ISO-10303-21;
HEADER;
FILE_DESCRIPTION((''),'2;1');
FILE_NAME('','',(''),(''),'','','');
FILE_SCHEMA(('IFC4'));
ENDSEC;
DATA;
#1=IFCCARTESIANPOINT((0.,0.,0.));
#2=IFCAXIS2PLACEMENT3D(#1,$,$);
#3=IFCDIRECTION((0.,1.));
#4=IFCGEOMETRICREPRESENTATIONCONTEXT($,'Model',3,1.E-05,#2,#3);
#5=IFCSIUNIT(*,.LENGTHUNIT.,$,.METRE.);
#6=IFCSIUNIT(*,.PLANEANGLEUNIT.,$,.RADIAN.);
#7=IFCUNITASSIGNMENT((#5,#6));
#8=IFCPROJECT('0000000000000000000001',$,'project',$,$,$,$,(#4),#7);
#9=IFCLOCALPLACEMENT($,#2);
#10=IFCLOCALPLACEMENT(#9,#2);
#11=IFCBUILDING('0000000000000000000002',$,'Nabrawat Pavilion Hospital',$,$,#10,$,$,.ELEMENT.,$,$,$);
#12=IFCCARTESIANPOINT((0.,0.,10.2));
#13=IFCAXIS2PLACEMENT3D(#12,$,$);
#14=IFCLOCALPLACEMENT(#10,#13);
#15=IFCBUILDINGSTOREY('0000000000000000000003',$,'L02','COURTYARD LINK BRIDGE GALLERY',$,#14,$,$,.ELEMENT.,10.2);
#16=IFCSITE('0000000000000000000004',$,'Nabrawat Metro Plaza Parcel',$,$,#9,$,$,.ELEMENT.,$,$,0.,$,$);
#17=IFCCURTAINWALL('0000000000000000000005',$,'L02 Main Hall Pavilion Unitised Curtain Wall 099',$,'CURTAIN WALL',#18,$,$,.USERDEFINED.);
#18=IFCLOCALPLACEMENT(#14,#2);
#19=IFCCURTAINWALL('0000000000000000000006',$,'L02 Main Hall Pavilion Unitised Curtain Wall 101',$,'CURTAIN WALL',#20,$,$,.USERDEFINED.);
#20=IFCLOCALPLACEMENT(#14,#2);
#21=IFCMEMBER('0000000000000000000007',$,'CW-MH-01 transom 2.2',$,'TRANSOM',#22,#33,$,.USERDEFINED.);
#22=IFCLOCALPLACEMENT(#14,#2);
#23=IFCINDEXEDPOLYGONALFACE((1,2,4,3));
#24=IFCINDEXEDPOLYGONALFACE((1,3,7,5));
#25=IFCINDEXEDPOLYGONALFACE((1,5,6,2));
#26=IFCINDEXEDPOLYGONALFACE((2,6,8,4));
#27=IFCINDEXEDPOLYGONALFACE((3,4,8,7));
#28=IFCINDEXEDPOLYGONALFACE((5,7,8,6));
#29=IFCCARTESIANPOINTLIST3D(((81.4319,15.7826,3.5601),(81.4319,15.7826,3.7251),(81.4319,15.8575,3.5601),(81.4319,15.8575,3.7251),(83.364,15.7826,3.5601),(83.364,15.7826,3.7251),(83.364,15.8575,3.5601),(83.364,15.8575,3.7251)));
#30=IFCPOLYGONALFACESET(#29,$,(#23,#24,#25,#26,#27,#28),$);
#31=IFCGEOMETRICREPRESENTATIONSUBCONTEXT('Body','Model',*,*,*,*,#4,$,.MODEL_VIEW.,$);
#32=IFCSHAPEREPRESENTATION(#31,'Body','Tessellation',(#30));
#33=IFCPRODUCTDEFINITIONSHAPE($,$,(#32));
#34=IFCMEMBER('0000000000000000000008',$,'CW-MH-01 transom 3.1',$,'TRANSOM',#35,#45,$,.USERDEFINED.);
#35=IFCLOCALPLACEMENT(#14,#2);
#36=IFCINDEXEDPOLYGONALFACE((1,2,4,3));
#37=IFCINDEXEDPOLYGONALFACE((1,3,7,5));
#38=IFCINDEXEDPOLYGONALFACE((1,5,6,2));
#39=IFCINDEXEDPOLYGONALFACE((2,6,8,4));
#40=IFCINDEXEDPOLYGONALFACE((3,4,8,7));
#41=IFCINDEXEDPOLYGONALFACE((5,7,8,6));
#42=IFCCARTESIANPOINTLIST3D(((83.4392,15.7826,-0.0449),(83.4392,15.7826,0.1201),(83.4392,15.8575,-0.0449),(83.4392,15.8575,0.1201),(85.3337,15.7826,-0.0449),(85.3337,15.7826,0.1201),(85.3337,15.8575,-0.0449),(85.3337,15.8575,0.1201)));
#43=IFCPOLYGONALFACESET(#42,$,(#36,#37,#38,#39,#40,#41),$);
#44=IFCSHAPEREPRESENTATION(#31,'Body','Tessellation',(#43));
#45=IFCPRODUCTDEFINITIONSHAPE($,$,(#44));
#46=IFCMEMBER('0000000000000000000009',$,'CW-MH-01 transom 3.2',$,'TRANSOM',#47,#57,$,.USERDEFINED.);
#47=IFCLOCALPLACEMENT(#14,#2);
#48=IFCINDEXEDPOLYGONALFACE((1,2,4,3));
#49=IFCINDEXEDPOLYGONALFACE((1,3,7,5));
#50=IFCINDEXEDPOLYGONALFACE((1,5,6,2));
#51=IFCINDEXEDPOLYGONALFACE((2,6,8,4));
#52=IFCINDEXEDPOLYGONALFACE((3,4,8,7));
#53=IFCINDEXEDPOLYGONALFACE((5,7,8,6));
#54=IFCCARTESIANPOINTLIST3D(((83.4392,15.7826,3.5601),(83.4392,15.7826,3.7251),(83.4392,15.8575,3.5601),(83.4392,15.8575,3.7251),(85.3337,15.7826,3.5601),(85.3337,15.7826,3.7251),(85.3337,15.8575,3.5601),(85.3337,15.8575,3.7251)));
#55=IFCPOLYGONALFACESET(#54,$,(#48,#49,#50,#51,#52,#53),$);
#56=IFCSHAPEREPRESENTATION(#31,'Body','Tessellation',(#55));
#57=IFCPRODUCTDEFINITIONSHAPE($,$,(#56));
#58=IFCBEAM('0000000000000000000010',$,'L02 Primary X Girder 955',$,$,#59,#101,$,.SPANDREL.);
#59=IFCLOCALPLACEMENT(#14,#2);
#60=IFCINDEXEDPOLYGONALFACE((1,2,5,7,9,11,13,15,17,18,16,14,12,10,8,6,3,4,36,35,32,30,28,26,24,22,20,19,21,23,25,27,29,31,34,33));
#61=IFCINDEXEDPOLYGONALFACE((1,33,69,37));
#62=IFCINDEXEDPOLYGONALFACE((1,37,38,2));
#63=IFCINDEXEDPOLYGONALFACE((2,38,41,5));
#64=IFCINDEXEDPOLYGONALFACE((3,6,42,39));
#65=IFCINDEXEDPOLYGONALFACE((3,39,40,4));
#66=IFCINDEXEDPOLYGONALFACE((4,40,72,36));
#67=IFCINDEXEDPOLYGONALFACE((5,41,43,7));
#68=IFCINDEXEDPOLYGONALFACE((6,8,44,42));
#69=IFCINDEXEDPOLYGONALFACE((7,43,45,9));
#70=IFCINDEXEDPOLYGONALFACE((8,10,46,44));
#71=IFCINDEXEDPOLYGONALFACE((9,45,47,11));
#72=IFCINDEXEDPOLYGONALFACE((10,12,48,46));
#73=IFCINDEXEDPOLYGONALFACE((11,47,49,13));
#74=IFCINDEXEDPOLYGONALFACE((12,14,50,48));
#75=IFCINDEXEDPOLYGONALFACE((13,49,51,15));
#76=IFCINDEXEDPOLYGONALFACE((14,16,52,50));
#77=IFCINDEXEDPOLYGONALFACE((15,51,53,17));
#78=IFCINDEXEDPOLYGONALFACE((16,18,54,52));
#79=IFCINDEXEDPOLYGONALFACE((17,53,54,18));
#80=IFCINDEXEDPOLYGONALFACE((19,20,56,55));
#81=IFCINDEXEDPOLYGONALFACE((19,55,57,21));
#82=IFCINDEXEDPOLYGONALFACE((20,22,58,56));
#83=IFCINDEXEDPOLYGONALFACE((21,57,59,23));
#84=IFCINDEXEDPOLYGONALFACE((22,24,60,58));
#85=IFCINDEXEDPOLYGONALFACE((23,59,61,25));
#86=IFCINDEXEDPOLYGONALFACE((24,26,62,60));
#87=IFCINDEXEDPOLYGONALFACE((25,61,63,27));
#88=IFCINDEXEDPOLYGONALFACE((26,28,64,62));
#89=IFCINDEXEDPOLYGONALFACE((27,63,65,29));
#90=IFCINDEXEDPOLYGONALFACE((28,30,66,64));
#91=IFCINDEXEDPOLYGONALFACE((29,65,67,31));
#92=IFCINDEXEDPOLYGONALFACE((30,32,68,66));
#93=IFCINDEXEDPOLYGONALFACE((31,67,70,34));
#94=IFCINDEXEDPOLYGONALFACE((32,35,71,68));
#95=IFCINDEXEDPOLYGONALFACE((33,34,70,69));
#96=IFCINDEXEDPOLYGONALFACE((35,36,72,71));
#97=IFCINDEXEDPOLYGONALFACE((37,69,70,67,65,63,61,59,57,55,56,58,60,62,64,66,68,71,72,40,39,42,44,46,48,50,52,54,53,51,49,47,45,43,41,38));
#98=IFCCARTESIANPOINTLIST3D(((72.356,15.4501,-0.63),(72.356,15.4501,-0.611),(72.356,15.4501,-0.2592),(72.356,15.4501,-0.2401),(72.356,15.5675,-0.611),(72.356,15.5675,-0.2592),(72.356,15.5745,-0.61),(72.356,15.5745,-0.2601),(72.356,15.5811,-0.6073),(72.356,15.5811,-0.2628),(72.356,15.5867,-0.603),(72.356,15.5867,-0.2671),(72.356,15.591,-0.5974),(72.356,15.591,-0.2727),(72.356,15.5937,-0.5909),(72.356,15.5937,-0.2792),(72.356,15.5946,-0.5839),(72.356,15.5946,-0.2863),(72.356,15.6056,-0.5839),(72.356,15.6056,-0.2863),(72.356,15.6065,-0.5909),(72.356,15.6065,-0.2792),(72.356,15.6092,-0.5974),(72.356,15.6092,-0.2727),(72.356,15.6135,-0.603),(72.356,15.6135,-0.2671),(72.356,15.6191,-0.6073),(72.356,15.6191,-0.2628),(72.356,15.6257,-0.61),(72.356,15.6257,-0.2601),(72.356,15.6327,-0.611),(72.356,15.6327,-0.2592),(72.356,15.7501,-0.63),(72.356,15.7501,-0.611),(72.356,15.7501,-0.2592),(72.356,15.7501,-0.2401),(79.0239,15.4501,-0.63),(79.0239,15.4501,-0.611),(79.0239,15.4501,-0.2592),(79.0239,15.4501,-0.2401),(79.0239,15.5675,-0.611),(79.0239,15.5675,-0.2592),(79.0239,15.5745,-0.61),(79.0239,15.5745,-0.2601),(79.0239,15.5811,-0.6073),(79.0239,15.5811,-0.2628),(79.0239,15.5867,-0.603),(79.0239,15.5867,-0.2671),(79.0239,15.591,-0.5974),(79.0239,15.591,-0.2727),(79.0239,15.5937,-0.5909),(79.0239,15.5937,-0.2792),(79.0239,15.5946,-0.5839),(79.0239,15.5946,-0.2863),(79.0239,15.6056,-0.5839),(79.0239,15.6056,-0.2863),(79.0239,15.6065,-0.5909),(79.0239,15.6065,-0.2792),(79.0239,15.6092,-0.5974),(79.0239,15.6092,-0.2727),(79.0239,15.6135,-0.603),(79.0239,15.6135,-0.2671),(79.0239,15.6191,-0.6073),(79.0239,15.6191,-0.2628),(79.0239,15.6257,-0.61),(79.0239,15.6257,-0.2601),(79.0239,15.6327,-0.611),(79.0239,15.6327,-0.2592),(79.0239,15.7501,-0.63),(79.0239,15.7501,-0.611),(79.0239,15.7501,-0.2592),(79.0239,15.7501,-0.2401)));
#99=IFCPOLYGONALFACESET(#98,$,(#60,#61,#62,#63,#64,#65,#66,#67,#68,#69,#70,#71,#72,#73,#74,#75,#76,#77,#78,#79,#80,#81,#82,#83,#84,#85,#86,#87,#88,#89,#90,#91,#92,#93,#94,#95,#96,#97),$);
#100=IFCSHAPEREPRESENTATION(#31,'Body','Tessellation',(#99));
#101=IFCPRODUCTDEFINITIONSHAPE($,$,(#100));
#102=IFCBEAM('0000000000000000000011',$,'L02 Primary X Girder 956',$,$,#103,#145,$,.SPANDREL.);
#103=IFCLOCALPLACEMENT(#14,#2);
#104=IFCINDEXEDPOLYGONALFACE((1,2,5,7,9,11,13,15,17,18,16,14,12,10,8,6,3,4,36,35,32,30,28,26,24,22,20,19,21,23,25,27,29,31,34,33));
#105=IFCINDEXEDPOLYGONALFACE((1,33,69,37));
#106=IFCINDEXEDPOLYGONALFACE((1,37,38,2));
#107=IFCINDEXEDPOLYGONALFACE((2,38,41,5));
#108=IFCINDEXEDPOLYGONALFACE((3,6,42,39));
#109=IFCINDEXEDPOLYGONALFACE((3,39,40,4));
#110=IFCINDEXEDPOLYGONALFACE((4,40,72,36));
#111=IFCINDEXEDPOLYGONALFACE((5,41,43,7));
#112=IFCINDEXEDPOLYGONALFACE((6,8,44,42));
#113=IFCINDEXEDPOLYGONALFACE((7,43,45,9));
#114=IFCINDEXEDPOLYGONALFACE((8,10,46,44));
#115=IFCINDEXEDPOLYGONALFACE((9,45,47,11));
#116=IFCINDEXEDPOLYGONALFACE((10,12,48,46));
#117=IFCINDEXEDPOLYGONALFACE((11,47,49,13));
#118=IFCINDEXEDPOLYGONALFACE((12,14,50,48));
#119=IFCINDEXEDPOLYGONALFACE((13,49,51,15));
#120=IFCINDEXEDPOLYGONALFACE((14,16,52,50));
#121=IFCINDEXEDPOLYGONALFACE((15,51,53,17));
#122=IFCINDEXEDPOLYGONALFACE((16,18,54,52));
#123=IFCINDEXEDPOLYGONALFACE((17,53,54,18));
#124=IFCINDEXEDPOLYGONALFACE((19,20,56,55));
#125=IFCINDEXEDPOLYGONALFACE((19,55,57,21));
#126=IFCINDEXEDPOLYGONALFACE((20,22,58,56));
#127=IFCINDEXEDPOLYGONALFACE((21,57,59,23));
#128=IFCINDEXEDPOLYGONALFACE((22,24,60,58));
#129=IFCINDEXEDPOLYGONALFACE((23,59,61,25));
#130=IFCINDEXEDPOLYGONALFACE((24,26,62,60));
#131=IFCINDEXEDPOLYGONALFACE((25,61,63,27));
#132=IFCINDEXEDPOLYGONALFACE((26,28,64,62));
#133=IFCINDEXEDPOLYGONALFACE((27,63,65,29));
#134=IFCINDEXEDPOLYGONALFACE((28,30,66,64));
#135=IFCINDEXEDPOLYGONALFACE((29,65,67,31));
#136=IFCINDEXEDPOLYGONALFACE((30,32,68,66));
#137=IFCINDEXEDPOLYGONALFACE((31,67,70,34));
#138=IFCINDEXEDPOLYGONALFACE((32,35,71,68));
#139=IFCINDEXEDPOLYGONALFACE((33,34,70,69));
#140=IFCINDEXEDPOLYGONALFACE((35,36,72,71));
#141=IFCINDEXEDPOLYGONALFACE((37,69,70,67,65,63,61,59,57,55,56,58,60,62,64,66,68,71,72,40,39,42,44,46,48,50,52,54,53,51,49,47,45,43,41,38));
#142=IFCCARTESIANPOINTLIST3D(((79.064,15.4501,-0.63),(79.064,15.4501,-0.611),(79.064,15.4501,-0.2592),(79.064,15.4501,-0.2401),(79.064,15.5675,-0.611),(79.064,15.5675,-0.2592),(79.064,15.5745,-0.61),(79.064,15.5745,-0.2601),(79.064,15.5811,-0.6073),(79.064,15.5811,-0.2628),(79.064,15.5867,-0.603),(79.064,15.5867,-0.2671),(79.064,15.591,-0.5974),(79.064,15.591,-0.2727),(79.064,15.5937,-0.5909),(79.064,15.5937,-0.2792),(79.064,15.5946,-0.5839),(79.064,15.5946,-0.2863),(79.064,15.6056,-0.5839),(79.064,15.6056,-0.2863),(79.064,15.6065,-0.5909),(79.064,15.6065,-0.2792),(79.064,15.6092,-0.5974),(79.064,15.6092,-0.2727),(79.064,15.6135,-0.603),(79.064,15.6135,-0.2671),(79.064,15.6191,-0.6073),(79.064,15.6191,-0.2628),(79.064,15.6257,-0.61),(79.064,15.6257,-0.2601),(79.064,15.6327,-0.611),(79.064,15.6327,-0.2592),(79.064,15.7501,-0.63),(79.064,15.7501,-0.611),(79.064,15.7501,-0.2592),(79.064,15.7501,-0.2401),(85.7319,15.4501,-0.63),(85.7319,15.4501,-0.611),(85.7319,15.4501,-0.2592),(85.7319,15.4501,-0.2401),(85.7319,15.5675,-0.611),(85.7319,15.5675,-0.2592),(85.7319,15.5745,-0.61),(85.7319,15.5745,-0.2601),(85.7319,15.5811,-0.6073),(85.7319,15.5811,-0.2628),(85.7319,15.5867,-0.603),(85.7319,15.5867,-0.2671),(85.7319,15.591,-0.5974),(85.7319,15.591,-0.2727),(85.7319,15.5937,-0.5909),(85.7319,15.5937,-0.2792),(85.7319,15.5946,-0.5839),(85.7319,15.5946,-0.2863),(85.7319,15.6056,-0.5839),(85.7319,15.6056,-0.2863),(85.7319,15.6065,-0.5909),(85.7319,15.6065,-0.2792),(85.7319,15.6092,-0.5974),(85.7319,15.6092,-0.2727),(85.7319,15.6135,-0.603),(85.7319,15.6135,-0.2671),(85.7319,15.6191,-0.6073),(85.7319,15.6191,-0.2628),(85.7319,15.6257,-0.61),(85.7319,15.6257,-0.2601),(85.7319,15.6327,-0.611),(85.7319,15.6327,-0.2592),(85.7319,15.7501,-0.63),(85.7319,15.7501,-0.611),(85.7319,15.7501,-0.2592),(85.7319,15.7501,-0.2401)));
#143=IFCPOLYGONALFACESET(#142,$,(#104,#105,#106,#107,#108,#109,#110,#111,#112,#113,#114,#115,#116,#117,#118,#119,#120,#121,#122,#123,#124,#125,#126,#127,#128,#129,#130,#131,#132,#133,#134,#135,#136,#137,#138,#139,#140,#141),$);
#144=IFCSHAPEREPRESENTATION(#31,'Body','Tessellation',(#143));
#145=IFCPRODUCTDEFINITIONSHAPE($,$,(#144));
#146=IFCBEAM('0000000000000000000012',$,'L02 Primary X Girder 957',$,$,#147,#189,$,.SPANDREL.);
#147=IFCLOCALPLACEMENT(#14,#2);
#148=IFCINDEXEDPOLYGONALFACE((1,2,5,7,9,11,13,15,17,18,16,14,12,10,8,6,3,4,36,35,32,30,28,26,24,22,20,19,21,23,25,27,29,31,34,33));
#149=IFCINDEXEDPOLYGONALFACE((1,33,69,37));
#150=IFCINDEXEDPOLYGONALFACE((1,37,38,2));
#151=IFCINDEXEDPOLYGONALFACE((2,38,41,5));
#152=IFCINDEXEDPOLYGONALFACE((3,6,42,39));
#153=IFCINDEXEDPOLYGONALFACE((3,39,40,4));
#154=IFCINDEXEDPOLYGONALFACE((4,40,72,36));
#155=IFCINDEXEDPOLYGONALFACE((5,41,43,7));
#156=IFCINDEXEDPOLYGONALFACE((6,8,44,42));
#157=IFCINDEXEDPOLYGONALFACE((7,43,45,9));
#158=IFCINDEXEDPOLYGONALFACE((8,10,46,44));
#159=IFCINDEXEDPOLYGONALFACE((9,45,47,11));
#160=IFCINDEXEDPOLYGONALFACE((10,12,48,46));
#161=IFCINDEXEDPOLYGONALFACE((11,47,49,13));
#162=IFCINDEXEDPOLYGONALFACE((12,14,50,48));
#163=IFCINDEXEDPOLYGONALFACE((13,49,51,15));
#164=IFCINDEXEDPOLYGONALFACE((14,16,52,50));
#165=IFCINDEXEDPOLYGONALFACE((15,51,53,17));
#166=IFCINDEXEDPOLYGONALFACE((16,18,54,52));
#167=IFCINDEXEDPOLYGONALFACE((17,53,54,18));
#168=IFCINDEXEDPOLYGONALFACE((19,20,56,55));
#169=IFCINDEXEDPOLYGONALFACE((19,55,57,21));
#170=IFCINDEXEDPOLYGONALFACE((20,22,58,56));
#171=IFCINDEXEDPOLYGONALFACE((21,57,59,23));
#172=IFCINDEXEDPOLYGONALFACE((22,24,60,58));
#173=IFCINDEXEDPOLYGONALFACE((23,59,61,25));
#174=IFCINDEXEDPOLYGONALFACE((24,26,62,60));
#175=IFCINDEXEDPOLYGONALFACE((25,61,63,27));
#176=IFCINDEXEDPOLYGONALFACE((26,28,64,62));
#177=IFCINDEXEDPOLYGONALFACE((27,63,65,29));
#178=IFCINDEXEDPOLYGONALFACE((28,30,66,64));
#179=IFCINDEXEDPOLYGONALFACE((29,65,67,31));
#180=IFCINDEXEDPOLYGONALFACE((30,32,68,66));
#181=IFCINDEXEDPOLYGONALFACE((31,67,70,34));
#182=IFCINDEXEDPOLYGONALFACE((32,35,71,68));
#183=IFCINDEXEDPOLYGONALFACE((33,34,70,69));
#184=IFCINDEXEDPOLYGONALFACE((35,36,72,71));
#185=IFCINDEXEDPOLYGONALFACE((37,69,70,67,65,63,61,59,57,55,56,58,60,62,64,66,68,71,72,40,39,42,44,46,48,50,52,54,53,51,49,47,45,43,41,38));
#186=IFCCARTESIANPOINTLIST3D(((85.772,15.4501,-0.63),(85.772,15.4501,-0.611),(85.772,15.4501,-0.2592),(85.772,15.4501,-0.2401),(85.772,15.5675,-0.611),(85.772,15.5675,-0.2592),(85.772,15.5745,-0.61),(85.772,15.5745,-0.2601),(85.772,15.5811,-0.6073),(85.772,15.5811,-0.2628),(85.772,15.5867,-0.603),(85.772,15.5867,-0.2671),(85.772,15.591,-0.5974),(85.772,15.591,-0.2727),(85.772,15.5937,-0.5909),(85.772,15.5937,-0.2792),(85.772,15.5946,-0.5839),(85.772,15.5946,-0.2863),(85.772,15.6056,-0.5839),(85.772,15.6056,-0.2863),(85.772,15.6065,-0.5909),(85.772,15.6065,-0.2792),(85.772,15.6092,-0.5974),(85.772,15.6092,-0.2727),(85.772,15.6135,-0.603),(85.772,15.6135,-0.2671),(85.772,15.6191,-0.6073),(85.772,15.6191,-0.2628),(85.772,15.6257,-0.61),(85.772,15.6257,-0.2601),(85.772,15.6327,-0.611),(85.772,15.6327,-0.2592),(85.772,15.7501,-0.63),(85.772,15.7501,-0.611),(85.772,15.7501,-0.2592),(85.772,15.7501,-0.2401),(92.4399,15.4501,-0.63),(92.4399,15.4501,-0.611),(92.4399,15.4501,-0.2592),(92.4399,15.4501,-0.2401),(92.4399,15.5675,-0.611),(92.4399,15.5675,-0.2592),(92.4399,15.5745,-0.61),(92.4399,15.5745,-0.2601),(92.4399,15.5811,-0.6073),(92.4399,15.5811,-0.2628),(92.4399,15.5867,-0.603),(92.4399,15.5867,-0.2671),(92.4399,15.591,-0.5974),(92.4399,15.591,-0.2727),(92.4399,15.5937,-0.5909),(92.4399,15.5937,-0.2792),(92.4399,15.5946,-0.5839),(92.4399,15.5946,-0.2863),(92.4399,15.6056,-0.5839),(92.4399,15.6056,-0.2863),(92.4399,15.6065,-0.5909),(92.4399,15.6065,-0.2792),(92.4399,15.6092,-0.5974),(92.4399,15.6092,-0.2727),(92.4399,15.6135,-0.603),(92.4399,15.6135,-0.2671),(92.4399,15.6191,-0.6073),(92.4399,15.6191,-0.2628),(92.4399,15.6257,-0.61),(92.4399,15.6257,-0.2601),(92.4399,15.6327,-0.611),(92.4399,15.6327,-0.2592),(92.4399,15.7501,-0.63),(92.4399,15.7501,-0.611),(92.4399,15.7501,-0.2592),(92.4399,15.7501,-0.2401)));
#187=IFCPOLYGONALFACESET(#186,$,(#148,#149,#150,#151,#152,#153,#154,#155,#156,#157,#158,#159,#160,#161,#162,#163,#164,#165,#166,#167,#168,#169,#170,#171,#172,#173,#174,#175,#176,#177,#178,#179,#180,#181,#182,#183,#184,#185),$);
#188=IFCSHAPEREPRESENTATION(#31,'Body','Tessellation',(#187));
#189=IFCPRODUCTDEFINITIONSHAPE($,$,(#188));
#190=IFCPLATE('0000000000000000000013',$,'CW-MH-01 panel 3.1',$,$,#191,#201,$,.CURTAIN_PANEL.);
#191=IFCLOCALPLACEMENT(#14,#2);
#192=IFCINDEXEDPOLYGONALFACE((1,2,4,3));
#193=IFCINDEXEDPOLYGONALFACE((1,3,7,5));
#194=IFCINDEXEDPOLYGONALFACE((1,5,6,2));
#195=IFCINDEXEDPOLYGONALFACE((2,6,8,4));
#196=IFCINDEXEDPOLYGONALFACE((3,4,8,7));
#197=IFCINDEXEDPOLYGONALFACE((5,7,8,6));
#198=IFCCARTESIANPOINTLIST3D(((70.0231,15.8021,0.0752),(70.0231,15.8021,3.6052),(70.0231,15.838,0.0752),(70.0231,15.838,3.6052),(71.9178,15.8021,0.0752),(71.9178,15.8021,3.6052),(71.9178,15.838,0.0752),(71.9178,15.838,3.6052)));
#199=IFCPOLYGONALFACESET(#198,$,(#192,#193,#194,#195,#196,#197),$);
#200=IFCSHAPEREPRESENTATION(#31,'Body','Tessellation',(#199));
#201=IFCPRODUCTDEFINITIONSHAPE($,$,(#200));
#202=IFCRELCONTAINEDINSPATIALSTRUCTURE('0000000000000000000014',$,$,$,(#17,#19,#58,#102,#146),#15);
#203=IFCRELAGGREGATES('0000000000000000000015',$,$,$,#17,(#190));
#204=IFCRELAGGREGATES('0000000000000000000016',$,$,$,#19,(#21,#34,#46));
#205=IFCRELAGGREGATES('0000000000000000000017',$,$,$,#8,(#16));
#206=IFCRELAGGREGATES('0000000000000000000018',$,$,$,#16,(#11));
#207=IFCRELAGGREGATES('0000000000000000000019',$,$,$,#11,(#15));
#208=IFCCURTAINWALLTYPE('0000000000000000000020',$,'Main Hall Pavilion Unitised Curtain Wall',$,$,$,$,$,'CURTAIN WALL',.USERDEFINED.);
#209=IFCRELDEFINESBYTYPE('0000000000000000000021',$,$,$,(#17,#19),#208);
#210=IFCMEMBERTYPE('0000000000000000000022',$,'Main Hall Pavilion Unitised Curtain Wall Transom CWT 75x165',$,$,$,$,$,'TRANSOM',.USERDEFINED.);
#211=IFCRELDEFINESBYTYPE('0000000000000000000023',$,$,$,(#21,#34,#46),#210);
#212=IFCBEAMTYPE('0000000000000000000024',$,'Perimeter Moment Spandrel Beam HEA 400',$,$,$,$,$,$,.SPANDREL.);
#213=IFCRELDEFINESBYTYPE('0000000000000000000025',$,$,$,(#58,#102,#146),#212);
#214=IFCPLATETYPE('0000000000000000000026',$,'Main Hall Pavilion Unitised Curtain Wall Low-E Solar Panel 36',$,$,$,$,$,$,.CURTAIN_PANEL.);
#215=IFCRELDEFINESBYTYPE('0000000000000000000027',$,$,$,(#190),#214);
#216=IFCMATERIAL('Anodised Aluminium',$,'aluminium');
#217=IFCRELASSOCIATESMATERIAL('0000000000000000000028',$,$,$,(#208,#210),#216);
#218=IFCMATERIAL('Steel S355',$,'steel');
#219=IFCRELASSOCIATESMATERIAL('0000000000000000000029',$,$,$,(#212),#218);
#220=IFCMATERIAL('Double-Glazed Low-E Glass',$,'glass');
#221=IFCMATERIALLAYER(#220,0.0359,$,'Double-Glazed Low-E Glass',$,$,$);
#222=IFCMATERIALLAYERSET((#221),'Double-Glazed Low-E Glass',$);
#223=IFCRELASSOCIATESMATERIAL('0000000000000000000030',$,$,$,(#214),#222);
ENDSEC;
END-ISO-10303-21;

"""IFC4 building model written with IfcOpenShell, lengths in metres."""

from ifc_helpers import new_model, si_unit, direction, frame, origin, origin_2d, place, context, subcontext, project, spatial, rectangle, i_section, extrude, material, layer, layer_set, material_profile, profile_set, type_object, element, aggregate, save


model = new_model("IFC4")

# Units and contexts
model_context = context("Model", 3, precision=1e-05, world=origin(), true_north=direction((0.0, 1.0)))
body_context = subcontext(model_context, "Body", "Model", "MODEL_VIEW")
ifc_project = project(units=[si_unit("LENGTHUNIT", "METRE"), si_unit("PLANEANGLEUNIT", "RADIAN")], contexts=[model_context])

# Site, building, storey
site_placement = place(None, origin())
site = spatial("IfcSite", under=ifc_project, at=site_placement, Name="Nabrawat Metro Plaza Parcel", CompositionType="ELEMENT", RefElevation=0.0)
building_placement = place(site_placement, origin())
building = spatial("IfcBuilding", under=site, at=building_placement, Name="Nabrawat Pavilion Hospital", CompositionType="ELEMENT")
storey_placement = place(building_placement, frame((0.0, 0.0, 10.2)))
storey = spatial("IfcBuildingStorey", under=building, at=storey_placement, Name="L02", Description="COURTYARD LINK BRIDGE GALLERY", CompositionType="ELEMENT", Elevation=10.2)

# Shared definitions
ifc_material_1 = material(Name="Steel S355", Category="steel")

# Curtain wall
ifc_material_2 = material(Name="Anodised Aluminium", Category="aluminium")
curtain_wall_type = type_object("IfcCurtainWallType", Name="Main Hall Pavilion Unitised Curtain Wall", ElementType="CURTAIN WALL", PredefinedType="USERDEFINED", material=ifc_material_2)
curtain_wall_1_placement = place(storey_placement, origin())
curtain_wall_1 = element("IfcCurtainWall", 1, at=curtain_wall_1_placement, inside=storey, type_object=curtain_wall_type, Name="L02 Main Hall Pavilion Unitised Curtain Wall 099", ObjectType="CURTAIN WALL", PredefinedType="USERDEFINED")

# Curtain wall
curtain_wall_2_placement = place(storey_placement, origin())
curtain_wall_2 = element("IfcCurtainWall", 2, at=curtain_wall_2_placement, inside=storey, type_object=curtain_wall_type, Name="L02 Main Hall Pavilion Unitised Curtain Wall 101", ObjectType="CURTAIN WALL", PredefinedType="USERDEFINED")

# Members
ifc_material_profile_1 = material_profile(ifc_material_2, rectangle(XDim=0.075, YDim=0.165, at=origin_2d()), Name="CWT 75x165")
ifc_profile_set_1 = profile_set([ifc_material_profile_1], Name="Anodised Aluminium")
member_type_1 = type_object("IfcMemberType", Name="Main Hall Pavilion Unitised Curtain Wall Transom CWT 75x165", ElementType="TRANSOM", PredefinedType="USERDEFINED", material=ifc_profile_set_1)
member_1_placement = place(storey_placement, frame((81.4319, 15.8201, 3.6426), z_axis=(1.0, 0.0, 0.0), x_axis=(0.0, 1.0, 0.0)))
member_1 = element("IfcMember", 3, at=member_1_placement, type_object=member_type_1, Name="CW-MH-01 transom 2.2", ObjectType="TRANSOM", PredefinedType="USERDEFINED", context=body_context, shape_type="SweptSolid", body=[
    extrude(rectangle(XDim=0.075, YDim=0.165, at=origin_2d()), origin(), (0.0, 0.0, 1.0), 1.9321),
])
member_2_placement = place(storey_placement, frame((83.4392, 15.8201, 0.0376), z_axis=(1.0, 0.0, 0.0), x_axis=(0.0, 1.0, 0.0)))
member_2 = element("IfcMember", 4, at=member_2_placement, type_object=member_type_1, Name="CW-MH-01 transom 3.1", ObjectType="TRANSOM", PredefinedType="USERDEFINED", context=body_context, shape_type="SweptSolid", body=[
    extrude(rectangle(XDim=0.075, YDim=0.165, at=origin_2d()), origin(), (0.0, 0.0, 1.0), 1.8945),
])
member_3_placement = place(storey_placement, frame((83.4392, 15.8201, 3.6426), z_axis=(1.0, 0.0, 0.0), x_axis=(0.0, 1.0, 0.0)))
member_3 = element("IfcMember", 5, at=member_3_placement, type_object=member_type_1, Name="CW-MH-01 transom 3.2", ObjectType="TRANSOM", PredefinedType="USERDEFINED", context=body_context, shape_type="SweptSolid", body=[
    extrude(rectangle(XDim=0.075, YDim=0.165, at=origin_2d()), origin(), (0.0, 0.0, 1.0), 1.8945),
])

# Beams
ifc_material_profile_2 = material_profile(ifc_material_1, i_section(OverallWidth=0.3, OverallDepth=0.3899, WebThickness=0.011, FlangeThickness=0.019, FilletRadius=0.0271, at=origin_2d()), Name="HEA 400")
ifc_profile_set_2 = profile_set([ifc_material_profile_2], Name="Steel S355")
beam_type = type_object("IfcBeamType", Name="Perimeter Moment Spandrel Beam HEA 400", PredefinedType="SPANDREL", material=ifc_profile_set_2)
for number, where, z_axis, x_axis, name in (
    (6, (72.356, 15.6001, -0.4351), (1.0, 0.0, 0.0), (0.0, 1.0, 0.0), "L02 Primary X Girder 955"),
    (7, (79.064, 15.6001, -0.4351), (1.0, 0.0, 0.0), (0.0, 1.0, 0.0), "L02 Primary X Girder 956"),
    (8, (85.772, 15.6001, -0.4351), (1.0, 0.0, 0.0), (0.0, 1.0, 0.0), "L02 Primary X Girder 957"),
):
    element("IfcBeam", number, at=place(storey_placement, frame(where, z_axis=z_axis, x_axis=x_axis)), inside=storey, type_object=beam_type, Name=name, PredefinedType="SPANDREL", context=body_context, shape_type="SweptSolid", body=[
        extrude(i_section(OverallWidth=0.3, OverallDepth=0.3899, WebThickness=0.011, FlangeThickness=0.019, FilletRadius=0.0271, at=origin_2d()), origin(), (0.0, 0.0, 1.0), 6.668),
    ])

# Plate
ifc_material_3 = material(Name="Double-Glazed Low-E Glass", Category="glass")
ifc_layer = layer(ifc_material_3, 0.0359, Name="Double-Glazed Low-E Glass")
ifc_layer_set = layer_set([ifc_layer], Name="Double-Glazed Low-E Glass")
plate_type = type_object("IfcPlateType", Name="Main Hall Pavilion Unitised Curtain Wall Low-E Solar Panel 36", PredefinedType="CURTAIN_PANEL", material=ifc_layer_set)
plate_1_placement = place(storey_placement, frame((70.9705, 15.8201, 0.0752), z_axis=(0.0, 0.0, 1.0), x_axis=(1.0, 0.0, 0.0)))
plate_1 = element("IfcPlate", 9, at=plate_1_placement, type_object=plate_type, Name="CW-MH-01 panel 3.1", PredefinedType="CURTAIN_PANEL", context=body_context, shape_type="SweptSolid", body=[
    extrude(rectangle(XDim=1.8948, YDim=0.0359, at=origin_2d()), origin(), (0.0, 0.0, 1.0), 3.53),
])
aggregate(curtain_wall_1, [plate_1])
aggregate(curtain_wall_2, [member_1, member_2, member_3])

save(model, "model.ifc")
